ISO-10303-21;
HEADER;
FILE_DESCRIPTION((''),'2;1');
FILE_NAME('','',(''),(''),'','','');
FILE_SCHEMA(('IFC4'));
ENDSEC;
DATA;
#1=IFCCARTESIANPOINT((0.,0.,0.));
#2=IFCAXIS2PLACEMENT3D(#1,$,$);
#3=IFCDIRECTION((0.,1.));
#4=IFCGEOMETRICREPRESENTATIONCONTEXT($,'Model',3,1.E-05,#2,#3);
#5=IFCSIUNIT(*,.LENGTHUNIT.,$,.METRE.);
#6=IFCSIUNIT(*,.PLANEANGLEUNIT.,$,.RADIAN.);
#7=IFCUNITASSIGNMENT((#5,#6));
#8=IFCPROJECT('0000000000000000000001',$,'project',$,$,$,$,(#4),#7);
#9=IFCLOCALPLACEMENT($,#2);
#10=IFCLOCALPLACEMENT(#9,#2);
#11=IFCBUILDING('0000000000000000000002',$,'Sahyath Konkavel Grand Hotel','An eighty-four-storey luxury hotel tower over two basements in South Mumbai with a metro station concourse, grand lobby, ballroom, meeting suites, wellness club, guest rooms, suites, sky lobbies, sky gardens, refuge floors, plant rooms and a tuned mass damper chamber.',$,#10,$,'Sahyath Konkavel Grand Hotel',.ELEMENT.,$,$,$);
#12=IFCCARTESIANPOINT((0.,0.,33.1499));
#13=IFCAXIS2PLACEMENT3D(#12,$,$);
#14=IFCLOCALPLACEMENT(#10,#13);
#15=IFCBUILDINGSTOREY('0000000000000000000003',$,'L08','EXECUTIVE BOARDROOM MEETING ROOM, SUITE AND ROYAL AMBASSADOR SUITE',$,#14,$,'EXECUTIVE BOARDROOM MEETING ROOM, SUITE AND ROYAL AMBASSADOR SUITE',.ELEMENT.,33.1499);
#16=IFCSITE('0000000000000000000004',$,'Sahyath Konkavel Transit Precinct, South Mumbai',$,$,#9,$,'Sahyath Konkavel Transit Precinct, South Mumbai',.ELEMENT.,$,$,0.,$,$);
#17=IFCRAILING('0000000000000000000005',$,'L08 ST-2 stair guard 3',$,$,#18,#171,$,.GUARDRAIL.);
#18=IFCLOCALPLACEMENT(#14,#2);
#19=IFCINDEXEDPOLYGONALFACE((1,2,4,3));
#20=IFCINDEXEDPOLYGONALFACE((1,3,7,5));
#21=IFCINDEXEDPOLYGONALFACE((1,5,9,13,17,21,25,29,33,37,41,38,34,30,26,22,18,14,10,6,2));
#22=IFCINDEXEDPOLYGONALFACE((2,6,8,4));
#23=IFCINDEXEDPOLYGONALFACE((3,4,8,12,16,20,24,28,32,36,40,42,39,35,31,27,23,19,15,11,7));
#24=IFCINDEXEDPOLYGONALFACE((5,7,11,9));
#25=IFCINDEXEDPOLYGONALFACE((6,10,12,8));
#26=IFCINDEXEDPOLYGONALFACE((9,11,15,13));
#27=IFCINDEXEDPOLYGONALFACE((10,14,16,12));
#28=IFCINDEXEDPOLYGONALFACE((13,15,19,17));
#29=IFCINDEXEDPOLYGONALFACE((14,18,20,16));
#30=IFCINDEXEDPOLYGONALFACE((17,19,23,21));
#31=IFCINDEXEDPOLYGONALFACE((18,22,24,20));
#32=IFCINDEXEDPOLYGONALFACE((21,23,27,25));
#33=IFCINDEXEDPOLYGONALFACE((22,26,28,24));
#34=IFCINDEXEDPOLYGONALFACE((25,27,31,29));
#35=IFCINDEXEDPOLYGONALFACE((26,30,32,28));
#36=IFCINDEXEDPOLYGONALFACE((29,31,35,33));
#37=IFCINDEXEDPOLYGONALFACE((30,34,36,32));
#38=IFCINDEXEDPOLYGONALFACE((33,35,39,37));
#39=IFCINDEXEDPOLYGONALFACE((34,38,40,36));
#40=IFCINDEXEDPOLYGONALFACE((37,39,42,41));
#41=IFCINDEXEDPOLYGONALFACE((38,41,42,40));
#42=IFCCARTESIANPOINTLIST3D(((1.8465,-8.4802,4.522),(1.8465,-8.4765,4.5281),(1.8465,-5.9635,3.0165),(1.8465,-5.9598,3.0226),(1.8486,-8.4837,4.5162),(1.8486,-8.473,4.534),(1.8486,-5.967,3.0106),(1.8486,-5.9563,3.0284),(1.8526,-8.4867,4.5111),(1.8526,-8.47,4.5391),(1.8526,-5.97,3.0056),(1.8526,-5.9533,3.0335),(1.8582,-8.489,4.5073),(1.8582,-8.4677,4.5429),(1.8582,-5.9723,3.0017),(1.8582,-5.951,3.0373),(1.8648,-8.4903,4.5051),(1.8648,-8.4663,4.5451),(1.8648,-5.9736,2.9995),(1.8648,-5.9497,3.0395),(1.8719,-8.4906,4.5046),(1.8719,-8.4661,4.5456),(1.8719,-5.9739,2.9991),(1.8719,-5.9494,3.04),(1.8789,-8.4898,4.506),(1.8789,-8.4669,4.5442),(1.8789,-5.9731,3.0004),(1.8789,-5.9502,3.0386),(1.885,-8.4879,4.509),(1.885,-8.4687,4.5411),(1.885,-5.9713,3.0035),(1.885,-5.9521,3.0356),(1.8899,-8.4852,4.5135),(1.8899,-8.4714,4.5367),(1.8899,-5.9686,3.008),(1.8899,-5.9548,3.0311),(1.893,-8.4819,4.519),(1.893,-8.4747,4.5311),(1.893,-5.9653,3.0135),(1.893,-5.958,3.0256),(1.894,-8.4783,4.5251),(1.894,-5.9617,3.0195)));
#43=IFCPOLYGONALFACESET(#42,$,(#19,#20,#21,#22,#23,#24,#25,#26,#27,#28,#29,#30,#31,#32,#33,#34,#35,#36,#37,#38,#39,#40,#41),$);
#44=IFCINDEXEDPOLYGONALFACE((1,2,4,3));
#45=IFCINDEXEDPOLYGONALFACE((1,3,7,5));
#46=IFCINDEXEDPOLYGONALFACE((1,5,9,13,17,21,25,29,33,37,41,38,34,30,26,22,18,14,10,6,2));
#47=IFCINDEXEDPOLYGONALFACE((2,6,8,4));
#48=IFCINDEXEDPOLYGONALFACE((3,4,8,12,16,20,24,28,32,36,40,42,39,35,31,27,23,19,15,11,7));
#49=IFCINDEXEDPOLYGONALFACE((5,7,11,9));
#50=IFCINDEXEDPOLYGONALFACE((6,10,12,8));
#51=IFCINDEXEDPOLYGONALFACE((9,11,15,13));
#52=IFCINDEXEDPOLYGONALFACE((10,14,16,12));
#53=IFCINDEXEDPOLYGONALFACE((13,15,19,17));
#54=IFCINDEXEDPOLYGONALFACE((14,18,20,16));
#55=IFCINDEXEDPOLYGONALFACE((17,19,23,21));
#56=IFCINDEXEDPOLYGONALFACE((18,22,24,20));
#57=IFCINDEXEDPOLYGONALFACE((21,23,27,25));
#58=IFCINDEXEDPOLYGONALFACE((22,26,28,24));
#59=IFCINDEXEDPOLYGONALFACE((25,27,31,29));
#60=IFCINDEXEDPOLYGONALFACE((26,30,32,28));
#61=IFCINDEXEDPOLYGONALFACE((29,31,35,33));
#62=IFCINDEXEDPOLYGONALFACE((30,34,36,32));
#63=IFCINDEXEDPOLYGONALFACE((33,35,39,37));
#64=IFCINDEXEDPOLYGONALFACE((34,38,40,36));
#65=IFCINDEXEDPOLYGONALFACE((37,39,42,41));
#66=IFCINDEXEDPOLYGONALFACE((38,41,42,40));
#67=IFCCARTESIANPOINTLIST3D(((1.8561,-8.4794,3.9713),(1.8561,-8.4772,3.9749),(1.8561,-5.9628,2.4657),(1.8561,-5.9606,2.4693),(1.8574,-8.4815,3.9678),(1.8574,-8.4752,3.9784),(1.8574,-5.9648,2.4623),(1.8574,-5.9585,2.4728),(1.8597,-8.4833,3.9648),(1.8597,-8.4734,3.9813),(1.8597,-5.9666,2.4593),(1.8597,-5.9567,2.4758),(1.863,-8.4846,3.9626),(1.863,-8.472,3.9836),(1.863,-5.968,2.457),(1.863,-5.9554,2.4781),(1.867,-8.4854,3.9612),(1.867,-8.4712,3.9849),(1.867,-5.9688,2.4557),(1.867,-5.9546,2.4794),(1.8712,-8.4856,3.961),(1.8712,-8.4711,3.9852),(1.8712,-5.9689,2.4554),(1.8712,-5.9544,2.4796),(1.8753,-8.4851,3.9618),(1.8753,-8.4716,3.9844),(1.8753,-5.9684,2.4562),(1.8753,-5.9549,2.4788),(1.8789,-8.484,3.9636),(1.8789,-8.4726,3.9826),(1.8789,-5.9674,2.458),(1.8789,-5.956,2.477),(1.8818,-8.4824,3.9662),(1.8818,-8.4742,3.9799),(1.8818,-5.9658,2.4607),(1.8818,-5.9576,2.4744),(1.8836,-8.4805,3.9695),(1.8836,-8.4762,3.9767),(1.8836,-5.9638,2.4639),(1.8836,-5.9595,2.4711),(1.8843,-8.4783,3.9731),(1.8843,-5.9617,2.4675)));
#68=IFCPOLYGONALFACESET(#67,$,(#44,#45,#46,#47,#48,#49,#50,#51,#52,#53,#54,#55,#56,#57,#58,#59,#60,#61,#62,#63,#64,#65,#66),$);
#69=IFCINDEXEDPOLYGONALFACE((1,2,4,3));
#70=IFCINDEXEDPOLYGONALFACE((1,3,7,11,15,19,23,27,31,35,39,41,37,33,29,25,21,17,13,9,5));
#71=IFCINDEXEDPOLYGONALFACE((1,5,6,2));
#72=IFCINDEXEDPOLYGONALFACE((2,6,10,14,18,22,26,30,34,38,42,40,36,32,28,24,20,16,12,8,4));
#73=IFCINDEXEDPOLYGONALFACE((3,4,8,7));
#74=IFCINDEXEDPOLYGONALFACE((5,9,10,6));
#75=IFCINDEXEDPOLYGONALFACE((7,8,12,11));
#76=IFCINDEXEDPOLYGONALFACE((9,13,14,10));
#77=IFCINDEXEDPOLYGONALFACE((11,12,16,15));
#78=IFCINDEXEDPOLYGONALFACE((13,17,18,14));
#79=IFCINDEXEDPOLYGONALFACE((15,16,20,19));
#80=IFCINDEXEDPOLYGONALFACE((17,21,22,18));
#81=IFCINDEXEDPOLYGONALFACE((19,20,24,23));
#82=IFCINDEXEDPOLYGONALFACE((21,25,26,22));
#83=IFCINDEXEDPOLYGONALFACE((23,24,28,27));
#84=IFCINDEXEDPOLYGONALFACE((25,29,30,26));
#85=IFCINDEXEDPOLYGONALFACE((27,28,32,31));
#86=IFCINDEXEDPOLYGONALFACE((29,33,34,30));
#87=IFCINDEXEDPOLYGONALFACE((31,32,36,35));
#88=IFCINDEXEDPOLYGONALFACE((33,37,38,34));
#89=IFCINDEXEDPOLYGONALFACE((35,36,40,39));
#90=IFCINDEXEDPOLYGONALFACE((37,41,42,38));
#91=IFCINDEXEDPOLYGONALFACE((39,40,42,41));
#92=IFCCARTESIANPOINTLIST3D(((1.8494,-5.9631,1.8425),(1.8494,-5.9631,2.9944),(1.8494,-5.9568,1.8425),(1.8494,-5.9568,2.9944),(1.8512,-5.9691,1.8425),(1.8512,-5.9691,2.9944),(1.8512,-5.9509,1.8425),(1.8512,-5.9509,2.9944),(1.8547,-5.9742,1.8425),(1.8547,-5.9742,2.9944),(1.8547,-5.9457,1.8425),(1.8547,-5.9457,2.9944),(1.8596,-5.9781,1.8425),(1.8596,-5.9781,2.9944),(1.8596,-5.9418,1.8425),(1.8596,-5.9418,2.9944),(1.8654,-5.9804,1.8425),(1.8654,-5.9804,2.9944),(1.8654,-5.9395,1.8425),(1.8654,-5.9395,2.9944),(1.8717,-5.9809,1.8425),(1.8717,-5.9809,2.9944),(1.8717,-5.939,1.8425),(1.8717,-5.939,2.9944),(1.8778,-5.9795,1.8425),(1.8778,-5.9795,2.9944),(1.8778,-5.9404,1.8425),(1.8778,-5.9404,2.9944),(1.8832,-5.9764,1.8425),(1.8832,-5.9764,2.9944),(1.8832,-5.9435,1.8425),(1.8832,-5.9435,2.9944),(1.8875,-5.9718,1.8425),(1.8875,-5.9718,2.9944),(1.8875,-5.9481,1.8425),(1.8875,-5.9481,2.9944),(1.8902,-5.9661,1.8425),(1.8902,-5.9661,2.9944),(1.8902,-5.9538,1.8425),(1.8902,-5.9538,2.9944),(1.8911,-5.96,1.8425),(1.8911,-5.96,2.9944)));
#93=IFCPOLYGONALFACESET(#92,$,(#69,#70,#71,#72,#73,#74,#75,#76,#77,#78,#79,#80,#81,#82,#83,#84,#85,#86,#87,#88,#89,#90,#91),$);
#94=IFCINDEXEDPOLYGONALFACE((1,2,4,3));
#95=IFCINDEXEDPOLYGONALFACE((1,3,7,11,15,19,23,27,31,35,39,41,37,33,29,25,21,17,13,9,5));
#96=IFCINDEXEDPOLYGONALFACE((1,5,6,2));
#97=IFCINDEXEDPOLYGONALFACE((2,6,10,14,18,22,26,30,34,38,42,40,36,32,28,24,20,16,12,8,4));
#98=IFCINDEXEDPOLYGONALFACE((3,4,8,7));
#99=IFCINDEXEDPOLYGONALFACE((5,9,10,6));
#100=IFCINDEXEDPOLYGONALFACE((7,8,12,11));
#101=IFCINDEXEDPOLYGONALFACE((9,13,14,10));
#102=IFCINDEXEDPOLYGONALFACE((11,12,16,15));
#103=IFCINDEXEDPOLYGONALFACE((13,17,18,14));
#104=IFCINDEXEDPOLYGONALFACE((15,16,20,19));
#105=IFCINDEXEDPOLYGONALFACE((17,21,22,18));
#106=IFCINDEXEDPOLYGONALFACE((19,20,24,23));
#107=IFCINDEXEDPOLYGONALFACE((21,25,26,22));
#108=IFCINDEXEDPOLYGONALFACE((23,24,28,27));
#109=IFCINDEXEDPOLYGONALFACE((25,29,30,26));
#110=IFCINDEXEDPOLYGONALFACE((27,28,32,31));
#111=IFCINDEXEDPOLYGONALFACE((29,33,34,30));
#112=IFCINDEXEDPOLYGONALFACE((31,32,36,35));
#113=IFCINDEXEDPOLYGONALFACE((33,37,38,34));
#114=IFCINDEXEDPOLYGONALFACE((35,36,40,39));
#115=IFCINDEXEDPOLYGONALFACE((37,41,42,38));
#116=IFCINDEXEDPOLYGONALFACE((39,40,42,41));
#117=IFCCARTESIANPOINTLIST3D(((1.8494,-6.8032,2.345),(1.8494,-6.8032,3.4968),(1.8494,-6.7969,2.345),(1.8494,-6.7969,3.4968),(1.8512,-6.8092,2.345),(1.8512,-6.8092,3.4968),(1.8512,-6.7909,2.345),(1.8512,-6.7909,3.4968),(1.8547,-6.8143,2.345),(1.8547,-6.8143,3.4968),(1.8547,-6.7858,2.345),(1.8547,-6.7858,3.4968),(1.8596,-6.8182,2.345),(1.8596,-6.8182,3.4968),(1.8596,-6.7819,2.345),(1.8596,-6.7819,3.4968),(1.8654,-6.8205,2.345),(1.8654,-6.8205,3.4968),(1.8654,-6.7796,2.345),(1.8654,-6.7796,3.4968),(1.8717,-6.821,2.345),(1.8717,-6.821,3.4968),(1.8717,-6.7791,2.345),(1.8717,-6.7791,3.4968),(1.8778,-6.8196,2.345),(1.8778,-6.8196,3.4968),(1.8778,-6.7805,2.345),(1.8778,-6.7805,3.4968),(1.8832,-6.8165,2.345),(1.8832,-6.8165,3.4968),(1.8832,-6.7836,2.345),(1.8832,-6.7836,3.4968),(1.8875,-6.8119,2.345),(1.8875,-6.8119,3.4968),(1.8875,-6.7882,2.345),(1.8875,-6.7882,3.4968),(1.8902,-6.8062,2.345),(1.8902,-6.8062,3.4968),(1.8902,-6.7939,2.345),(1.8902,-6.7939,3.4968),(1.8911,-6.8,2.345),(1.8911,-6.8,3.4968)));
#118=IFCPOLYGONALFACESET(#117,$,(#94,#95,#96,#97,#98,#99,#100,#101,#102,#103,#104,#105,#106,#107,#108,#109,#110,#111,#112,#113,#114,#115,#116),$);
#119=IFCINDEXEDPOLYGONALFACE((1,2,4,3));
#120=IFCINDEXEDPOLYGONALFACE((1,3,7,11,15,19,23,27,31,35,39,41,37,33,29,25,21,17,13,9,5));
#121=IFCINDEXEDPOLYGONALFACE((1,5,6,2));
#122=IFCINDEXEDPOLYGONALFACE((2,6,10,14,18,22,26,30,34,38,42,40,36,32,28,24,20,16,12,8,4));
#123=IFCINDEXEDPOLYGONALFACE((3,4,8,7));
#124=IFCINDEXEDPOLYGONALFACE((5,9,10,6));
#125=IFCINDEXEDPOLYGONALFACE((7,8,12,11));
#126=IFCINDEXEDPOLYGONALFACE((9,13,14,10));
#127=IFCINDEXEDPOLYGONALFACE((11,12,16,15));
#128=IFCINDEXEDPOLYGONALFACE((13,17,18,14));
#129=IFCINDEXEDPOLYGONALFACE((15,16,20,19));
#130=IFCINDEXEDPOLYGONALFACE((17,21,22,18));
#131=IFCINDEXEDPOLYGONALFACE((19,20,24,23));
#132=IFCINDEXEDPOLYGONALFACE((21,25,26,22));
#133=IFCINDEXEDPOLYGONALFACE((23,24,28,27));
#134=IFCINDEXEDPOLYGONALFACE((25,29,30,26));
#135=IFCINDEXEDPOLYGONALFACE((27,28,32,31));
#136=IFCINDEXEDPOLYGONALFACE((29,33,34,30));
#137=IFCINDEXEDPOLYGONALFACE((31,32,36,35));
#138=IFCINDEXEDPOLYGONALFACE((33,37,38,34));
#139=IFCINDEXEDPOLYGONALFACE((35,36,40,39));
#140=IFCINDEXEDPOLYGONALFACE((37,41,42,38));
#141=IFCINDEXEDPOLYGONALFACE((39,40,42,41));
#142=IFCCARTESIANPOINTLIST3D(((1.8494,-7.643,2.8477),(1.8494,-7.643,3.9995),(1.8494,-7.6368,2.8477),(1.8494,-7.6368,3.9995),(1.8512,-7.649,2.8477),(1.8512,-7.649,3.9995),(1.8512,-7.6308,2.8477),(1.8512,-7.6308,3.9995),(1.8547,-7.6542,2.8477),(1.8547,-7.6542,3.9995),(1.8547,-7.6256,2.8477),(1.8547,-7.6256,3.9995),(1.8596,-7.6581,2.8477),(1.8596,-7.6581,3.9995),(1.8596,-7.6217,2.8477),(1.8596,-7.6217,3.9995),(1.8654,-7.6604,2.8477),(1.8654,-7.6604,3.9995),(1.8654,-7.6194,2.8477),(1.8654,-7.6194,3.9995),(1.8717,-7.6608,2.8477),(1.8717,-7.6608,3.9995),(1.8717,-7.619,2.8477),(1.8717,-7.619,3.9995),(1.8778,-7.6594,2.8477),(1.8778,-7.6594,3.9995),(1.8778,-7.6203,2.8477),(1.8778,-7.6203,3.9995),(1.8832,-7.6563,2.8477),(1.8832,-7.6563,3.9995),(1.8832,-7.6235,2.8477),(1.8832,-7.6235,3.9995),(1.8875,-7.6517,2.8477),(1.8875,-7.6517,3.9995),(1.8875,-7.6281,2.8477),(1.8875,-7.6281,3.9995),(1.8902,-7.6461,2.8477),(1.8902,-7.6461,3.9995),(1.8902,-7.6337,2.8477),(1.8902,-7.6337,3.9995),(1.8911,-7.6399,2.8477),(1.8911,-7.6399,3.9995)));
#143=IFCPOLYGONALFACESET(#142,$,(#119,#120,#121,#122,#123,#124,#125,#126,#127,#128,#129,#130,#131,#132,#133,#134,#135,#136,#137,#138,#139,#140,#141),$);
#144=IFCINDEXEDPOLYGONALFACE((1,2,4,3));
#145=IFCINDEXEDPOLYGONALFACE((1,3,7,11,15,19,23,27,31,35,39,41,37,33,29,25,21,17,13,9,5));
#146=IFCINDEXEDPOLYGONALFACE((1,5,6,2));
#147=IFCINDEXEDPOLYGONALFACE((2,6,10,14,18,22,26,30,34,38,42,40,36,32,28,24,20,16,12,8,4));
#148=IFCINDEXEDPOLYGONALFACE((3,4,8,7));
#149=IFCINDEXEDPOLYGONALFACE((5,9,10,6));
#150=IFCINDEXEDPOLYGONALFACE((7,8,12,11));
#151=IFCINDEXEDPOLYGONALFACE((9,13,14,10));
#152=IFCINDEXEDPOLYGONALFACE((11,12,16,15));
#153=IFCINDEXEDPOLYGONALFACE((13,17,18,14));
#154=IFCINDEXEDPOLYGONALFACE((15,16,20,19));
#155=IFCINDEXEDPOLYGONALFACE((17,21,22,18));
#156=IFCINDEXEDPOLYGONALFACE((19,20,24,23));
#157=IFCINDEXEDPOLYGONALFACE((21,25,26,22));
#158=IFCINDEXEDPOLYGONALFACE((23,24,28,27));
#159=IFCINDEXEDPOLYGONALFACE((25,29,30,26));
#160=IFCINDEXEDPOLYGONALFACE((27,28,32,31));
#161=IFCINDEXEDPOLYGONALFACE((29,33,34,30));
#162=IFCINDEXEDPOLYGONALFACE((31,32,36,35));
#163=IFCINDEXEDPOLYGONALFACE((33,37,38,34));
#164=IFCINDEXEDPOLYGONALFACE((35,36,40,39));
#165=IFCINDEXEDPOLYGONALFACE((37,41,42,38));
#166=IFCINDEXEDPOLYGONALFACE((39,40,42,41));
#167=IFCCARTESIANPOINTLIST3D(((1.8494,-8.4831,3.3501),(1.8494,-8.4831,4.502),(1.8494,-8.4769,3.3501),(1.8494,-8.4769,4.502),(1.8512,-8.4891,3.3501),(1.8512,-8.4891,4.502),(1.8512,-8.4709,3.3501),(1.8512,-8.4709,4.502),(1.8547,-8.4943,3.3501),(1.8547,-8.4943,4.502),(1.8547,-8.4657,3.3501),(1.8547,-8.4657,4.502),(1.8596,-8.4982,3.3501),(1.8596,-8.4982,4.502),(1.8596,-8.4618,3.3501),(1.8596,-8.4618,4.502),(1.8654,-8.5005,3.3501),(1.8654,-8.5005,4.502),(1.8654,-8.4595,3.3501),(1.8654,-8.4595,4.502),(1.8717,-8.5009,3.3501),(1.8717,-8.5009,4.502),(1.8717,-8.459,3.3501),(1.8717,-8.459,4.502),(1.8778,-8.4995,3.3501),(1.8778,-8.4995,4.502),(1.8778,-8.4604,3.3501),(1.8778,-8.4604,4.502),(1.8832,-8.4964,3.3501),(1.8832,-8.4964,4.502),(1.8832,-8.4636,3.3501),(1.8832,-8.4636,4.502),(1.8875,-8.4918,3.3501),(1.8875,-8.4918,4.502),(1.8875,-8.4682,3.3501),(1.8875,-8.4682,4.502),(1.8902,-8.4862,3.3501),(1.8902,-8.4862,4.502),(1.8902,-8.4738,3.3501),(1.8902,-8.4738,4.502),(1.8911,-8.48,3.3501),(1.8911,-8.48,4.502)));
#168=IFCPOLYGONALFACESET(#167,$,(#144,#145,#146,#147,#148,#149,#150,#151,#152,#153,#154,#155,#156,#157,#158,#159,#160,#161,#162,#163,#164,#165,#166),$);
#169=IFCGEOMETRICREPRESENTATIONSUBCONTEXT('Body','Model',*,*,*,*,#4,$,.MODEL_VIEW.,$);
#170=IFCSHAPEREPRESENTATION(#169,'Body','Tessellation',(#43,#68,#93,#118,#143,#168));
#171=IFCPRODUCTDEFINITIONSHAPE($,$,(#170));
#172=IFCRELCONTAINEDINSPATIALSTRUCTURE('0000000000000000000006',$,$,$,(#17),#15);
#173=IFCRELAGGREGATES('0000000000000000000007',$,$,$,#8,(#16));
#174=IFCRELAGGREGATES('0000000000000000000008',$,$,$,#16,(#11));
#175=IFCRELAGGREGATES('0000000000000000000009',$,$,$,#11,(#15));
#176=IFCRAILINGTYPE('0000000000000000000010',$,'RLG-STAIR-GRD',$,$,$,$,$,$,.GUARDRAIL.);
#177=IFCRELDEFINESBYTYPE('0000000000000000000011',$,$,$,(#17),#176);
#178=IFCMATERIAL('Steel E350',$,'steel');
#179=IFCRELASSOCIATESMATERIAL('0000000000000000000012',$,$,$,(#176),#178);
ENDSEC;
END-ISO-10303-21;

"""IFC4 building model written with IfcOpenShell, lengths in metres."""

from ifc_helpers import new_model, si_unit, direction, frame, origin, origin_2d, place, context, subcontext, project, spatial, circle, extrude, material, type_object, element, save


model = new_model("IFC4")

# Units and contexts
model_context = context("Model", 3, precision=1e-05, world=origin(), true_north=direction((0.0, 1.0)))
body_context = subcontext(model_context, "Body", "Model", "MODEL_VIEW")
ifc_project = project(units=[si_unit("LENGTHUNIT", "METRE"), si_unit("PLANEANGLEUNIT", "RADIAN")], contexts=[model_context])

# Site, building, storey
site_placement = place(None, origin())
site = spatial("IfcSite", under=ifc_project, at=site_placement, Name="Sahyath Konkavel Transit Precinct, South Mumbai", LongName="Sahyath Konkavel Transit Precinct, South Mumbai", CompositionType="ELEMENT", RefElevation=0.0)
building_placement = place(site_placement, origin())
building = spatial("IfcBuilding", under=site, at=building_placement, Name="Sahyath Konkavel Grand Hotel", Description="An eighty-four-storey luxury hotel tower over two basements in South Mumbai with a metro station concourse, grand lobby, ballroom, meeting suites, wellness club, guest rooms, suites, sky lobbies, sky gardens, refuge floors, plant rooms and a tuned mass damper chamber.", LongName="Sahyath Konkavel Grand Hotel", CompositionType="ELEMENT")
storey_placement = place(building_placement, frame((0.0, 0.0, 33.1499)))
storey = spatial("IfcBuildingStorey", under=building, at=storey_placement, Name="L08", Description="EXECUTIVE BOARDROOM MEETING ROOM, SUITE AND ROYAL AMBASSADOR SUITE", LongName="EXECUTIVE BOARDROOM MEETING ROOM, SUITE AND ROYAL AMBASSADOR SUITE", CompositionType="ELEMENT", Elevation=33.1499)

# Shared definitions
ifc_material_1 = material(Name="Steel E350", Category="steel")

# Railing
railing_type_1 = type_object("IfcRailingType", Name="RLG-STAIR-GRD", PredefinedType="GUARDRAIL", material=ifc_material_1)
railing_1_placement = place(storey_placement, frame((1.8701, -5.96, 1.8425)))
element("IfcRailing", 1, at=railing_1_placement, inside=storey, type_object=railing_type_1, Name="L08 ST-2 stair guard 3", PredefinedType="GUARDRAIL", context=body_context, shape_type="SweptSolid", body=[
    extrude(circle(Radius=0.0239, at=origin_2d()), frame((0.0, -0.0017, 1.177), z_axis=(0.0, -0.85816, 0.513383), x_axis=(1.0, 0.0, 0.0)), (0.0, 0.0, 1.0), 2.9326),
    extrude(circle(Radius=0.0142, at=origin_2d()), frame((0.0, -0.0017, 0.625), z_axis=(0.0, -0.85816, 0.513383), x_axis=(1.0, 0.0, 0.0)), (0.0, 0.0, 1.0), 2.9326),
    extrude(circle(Radius=0.021, at=origin_2d()), origin(), (0.0, 0.0, 1.0), 1.1519),
    extrude(circle(Radius=0.021, at=origin_2d()), frame((0.0, -0.8401, 0.5024)), (0.0, 0.0, 1.0), 1.1519),
    extrude(circle(Radius=0.021, at=origin_2d()), frame((0.0, -1.6799, 1.0051)), (0.0, 0.0, 1.0), 1.1519),
    extrude(circle(Radius=0.021, at=origin_2d()), frame((0.0, -2.52, 1.5076)), (0.0, 0.0, 1.0), 1.1519),
])

save(model, "model.ifc")
